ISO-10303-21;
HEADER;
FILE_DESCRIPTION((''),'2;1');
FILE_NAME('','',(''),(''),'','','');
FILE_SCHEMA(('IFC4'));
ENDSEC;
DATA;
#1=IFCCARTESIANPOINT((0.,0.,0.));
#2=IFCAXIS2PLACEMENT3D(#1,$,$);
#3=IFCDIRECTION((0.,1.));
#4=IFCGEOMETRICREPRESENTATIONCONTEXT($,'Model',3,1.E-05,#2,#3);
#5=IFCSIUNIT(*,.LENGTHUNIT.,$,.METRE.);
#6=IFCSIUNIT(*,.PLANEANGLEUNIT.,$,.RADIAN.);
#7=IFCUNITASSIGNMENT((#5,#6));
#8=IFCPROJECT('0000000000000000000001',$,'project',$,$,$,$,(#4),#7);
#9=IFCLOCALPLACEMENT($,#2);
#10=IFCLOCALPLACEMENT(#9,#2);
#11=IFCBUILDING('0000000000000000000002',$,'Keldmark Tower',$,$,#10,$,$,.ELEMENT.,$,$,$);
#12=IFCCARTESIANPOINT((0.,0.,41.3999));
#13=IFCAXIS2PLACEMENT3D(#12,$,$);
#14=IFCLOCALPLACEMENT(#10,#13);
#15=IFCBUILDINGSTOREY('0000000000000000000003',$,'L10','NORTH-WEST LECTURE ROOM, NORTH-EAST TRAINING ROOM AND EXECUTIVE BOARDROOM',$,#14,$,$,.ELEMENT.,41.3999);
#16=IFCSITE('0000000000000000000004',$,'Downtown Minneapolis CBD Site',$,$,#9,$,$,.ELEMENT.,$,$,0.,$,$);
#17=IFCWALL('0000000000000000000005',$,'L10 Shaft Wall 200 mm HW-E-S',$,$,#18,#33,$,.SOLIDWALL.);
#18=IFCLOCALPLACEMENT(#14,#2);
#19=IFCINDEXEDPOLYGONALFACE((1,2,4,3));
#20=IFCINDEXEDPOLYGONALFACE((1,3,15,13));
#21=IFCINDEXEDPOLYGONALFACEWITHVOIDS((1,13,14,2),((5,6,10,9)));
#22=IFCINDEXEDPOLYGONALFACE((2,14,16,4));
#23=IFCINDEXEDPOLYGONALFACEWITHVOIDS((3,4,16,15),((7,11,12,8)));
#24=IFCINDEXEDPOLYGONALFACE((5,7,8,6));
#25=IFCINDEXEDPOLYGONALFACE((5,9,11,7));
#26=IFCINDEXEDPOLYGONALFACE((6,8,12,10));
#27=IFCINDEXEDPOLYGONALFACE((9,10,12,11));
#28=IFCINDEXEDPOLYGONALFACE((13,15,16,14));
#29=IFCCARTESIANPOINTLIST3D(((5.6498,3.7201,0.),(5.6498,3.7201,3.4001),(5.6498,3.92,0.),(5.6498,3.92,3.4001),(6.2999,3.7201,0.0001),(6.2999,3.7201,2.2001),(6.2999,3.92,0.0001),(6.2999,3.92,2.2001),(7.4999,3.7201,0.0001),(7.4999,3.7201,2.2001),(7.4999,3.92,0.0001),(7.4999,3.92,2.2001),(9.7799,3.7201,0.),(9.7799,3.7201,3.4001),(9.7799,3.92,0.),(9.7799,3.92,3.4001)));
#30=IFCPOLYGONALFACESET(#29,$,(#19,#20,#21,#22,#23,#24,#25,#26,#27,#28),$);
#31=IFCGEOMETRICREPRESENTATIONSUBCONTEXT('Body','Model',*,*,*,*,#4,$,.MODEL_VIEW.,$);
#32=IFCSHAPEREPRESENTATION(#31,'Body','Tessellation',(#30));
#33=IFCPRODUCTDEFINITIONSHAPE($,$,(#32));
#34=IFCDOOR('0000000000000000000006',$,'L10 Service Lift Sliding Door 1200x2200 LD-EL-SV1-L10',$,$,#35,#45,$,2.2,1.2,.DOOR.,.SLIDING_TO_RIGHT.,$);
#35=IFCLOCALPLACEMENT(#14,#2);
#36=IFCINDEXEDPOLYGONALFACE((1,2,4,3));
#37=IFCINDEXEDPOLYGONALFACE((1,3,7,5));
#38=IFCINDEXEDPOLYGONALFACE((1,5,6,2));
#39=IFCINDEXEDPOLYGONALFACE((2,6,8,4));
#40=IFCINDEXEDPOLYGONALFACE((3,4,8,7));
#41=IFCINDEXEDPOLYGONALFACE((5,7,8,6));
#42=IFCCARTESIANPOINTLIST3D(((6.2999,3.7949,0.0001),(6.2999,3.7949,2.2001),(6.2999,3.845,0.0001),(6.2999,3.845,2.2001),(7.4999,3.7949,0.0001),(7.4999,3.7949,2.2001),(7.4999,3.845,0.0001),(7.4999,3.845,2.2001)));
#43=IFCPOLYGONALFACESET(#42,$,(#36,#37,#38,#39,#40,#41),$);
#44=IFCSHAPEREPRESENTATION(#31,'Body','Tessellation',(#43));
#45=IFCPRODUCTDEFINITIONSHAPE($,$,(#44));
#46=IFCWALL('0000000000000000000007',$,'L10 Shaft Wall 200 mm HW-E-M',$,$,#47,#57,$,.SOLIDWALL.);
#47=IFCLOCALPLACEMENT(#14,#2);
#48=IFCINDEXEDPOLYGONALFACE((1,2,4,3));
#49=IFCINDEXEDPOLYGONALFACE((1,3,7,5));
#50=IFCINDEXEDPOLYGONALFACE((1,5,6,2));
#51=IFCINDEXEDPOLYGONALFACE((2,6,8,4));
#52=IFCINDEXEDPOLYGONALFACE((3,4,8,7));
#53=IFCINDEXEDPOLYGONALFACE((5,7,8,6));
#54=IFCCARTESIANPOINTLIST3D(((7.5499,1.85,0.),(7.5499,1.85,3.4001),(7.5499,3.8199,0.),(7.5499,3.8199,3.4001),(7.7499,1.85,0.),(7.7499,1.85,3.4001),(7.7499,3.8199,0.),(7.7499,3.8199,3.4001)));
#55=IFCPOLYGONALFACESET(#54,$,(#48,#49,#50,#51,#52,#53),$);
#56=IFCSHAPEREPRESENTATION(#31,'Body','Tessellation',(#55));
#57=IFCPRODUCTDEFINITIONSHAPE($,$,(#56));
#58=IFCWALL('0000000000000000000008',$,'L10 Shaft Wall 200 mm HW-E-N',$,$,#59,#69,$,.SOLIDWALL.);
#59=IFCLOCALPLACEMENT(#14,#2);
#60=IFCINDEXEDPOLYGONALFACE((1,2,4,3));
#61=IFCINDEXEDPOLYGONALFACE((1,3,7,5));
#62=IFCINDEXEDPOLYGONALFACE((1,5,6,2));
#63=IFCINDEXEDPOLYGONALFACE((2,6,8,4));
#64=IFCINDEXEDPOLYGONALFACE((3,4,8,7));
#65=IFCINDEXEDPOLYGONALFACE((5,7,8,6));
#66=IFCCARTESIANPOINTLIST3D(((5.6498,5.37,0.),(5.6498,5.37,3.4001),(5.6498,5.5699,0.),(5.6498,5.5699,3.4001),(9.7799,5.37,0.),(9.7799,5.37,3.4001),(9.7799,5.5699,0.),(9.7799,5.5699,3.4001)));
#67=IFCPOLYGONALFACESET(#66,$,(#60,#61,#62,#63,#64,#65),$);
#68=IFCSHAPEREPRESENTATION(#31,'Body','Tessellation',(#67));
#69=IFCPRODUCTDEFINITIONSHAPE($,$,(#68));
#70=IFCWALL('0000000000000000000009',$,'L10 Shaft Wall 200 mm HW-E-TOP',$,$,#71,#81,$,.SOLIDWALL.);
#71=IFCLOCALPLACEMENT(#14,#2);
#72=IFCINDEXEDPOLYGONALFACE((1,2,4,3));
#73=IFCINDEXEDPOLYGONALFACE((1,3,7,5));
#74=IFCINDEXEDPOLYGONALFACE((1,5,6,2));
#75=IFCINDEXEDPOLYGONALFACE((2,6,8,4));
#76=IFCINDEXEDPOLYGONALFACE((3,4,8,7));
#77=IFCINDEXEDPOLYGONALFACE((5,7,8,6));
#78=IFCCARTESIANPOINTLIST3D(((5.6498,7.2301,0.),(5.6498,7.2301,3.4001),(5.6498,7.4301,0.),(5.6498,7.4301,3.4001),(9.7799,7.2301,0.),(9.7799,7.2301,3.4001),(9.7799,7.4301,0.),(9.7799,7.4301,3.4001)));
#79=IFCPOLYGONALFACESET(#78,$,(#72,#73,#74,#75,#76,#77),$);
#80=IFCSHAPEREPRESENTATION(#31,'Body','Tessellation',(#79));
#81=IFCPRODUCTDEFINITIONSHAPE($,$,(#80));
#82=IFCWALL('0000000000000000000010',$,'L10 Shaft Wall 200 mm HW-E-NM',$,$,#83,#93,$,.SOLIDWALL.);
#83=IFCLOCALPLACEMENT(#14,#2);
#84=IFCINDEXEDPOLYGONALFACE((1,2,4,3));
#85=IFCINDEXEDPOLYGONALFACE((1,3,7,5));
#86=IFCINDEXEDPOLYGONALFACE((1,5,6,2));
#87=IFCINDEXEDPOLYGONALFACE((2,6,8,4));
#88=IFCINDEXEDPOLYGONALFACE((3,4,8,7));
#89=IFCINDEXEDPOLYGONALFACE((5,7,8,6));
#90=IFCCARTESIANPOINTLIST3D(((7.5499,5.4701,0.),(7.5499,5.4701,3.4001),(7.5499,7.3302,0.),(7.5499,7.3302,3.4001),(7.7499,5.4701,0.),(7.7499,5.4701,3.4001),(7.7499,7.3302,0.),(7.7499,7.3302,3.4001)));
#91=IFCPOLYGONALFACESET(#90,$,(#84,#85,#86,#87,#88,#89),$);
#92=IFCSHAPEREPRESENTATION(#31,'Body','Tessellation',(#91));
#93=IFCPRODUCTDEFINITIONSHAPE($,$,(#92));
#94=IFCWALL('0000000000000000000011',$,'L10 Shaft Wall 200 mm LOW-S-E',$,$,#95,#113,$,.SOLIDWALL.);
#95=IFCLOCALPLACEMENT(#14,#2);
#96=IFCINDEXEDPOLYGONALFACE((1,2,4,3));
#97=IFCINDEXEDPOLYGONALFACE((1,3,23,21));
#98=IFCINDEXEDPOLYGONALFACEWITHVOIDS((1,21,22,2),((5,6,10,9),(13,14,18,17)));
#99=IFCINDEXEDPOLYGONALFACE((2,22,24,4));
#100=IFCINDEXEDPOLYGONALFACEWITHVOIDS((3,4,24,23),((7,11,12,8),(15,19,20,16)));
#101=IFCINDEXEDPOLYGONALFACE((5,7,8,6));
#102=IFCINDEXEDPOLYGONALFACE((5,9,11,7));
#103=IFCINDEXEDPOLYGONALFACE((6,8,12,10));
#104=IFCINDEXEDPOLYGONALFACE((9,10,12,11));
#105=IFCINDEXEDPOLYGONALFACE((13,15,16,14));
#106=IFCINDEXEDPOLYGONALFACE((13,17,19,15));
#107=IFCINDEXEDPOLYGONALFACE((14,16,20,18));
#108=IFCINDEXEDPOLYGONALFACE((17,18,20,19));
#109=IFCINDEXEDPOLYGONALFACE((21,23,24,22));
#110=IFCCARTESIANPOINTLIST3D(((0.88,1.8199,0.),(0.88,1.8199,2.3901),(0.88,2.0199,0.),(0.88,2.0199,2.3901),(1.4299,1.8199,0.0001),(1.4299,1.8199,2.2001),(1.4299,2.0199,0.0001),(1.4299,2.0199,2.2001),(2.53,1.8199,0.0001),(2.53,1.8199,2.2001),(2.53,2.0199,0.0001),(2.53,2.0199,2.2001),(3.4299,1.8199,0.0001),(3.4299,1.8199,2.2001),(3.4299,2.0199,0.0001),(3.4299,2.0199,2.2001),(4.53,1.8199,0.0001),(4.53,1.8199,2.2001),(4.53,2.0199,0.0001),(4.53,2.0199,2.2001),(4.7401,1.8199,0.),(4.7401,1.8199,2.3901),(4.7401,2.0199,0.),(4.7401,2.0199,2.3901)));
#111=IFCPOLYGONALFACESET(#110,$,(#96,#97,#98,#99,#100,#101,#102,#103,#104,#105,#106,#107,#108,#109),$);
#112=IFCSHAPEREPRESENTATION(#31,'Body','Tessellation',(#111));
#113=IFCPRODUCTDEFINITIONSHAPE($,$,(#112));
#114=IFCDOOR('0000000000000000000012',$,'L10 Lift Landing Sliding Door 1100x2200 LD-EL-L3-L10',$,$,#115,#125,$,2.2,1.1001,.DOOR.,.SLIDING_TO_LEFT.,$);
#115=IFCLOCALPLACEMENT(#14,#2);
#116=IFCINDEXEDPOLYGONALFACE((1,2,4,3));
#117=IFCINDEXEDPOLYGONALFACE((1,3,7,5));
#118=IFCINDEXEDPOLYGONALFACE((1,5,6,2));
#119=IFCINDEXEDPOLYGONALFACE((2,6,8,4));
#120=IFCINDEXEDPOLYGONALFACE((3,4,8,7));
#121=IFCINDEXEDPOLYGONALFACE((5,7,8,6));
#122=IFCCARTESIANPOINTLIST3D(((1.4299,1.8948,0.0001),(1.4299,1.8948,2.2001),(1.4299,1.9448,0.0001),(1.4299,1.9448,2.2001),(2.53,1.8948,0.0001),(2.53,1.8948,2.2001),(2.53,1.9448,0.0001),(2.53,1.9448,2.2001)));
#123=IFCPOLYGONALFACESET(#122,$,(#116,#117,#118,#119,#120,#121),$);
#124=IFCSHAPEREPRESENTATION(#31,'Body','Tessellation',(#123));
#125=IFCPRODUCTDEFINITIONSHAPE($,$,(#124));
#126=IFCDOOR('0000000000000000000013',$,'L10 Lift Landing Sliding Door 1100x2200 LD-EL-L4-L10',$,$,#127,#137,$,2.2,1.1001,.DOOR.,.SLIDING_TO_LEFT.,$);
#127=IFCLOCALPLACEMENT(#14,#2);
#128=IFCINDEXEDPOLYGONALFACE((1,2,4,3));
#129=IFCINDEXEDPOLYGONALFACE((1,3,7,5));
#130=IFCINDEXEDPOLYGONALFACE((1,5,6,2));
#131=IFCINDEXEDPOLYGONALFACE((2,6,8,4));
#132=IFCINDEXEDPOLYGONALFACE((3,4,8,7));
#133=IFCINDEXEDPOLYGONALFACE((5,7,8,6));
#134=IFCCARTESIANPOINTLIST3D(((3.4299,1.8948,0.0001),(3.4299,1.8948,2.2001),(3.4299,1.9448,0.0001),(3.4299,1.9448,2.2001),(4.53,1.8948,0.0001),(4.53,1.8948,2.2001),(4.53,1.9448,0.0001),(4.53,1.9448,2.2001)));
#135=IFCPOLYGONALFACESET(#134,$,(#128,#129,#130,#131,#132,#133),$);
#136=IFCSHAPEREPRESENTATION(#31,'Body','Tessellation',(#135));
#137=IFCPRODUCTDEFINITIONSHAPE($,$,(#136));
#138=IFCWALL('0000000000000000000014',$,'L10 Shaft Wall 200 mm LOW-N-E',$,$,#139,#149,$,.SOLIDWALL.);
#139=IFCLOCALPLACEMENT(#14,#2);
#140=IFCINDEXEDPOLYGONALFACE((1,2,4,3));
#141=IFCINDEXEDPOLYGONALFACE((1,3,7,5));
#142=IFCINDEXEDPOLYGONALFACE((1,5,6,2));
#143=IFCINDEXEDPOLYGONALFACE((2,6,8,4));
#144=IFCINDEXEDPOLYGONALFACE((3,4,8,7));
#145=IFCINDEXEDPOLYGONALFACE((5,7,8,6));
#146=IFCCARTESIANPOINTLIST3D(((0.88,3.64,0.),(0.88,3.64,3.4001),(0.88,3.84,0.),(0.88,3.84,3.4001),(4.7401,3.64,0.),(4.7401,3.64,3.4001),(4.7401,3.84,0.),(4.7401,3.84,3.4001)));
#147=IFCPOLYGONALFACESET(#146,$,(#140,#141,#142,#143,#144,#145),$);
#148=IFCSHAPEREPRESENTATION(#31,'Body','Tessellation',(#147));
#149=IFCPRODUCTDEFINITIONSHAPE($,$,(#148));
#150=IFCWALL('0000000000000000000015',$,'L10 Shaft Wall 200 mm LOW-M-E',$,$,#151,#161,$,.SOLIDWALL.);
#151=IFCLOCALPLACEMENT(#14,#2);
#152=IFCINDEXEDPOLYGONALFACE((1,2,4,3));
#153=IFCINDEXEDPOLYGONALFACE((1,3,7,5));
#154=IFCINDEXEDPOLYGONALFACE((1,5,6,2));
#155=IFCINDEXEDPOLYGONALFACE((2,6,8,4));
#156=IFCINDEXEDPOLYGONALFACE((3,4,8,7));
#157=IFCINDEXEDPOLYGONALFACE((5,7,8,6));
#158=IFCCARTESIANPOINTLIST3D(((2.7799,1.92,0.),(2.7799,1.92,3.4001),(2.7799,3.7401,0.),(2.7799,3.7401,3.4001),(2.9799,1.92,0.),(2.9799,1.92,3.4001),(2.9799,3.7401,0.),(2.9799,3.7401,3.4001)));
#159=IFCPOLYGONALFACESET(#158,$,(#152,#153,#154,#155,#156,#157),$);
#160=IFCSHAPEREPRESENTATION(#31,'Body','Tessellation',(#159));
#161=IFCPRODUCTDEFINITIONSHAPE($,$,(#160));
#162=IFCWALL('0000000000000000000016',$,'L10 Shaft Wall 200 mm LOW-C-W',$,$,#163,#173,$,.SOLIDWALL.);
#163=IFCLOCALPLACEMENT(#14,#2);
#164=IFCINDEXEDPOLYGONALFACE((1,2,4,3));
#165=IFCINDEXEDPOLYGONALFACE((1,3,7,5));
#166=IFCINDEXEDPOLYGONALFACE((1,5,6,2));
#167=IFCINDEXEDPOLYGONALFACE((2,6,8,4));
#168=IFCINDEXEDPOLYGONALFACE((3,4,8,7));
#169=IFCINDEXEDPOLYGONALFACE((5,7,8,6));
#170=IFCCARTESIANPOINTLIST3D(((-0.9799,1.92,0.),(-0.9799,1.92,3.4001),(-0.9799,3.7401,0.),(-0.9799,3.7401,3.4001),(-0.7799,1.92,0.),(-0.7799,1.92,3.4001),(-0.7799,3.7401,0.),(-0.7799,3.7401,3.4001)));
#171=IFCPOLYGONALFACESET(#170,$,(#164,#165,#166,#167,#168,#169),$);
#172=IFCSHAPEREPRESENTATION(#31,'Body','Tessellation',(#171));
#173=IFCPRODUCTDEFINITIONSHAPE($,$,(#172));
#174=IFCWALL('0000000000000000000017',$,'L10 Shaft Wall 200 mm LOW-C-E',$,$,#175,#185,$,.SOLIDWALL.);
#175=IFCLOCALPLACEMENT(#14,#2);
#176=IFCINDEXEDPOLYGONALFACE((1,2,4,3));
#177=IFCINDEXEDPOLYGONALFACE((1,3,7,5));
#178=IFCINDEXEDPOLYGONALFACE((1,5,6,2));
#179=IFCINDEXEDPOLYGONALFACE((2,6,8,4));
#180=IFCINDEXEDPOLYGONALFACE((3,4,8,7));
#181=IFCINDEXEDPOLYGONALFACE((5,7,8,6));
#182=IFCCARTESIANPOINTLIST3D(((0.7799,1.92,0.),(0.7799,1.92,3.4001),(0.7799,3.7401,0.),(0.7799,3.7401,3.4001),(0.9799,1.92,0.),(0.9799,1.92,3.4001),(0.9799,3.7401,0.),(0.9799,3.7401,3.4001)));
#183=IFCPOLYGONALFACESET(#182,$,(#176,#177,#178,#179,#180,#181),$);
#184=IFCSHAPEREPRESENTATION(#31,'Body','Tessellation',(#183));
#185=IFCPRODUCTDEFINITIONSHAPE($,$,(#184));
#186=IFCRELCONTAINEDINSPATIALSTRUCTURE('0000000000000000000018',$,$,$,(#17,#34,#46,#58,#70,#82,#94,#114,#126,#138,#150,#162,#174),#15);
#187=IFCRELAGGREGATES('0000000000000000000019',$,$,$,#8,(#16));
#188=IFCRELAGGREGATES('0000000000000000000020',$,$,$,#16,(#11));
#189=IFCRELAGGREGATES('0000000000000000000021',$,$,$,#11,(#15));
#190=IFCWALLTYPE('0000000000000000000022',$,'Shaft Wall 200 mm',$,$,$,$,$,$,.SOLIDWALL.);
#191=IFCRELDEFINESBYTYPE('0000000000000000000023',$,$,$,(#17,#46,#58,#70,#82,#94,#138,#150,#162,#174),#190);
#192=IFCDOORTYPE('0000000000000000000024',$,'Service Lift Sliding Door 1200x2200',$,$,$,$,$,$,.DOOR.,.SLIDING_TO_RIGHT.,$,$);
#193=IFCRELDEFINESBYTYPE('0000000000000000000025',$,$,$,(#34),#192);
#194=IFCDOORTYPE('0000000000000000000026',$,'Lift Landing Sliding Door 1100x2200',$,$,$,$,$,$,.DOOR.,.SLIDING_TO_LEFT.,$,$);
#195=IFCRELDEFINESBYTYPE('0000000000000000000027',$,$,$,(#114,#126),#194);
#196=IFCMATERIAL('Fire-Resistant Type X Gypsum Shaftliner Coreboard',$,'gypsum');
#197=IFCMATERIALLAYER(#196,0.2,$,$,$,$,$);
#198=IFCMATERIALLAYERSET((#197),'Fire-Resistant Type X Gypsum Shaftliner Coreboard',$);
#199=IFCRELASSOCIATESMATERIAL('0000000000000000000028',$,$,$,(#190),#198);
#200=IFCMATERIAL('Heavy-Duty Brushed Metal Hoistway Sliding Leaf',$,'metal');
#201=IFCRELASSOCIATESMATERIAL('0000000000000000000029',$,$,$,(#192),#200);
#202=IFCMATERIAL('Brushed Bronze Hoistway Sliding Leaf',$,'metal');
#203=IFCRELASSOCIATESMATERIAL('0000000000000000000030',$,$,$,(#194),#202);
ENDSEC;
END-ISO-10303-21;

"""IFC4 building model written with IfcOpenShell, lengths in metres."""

from ifc_helpers import new_model, si_unit, direction, frame, frame_2d, origin, place, context, subcontext, project, spatial, rectangle, extrude, material, layer, layer_set, type_object, element, fill, save


model = new_model("IFC4")

# Units and contexts
model_context = context("Model", 3, precision=1e-05, world=origin(), true_north=direction((0.0, 1.0)))
body_context = subcontext(model_context, "Body", "Model", "MODEL_VIEW")
ifc_project = project(units=[si_unit("LENGTHUNIT", "METRE"), si_unit("PLANEANGLEUNIT", "RADIAN")], contexts=[model_context])

# Site, building, storey
site_placement = place(None, origin())
site = spatial("IfcSite", under=ifc_project, at=site_placement, Name="Downtown Minneapolis CBD Site", CompositionType="ELEMENT", RefElevation=0.0)
building_placement = place(site_placement, origin())
building = spatial("IfcBuilding", under=site, at=building_placement, Name="Keldmark Tower", CompositionType="ELEMENT")
storey_placement = place(building_placement, frame((0.0, 0.0, 41.3999)))
storey = spatial("IfcBuildingStorey", under=building, at=storey_placement, Name="L10", Description="NORTH-WEST LECTURE ROOM, NORTH-EAST TRAINING ROOM AND EXECUTIVE BOARDROOM", CompositionType="ELEMENT", Elevation=41.3999)

# Wall, opening, door
ifc_material_1 = material(Name="Fire-Resistant Type X Gypsum Shaftliner Coreboard", Category="gypsum")
ifc_layer_1 = layer(ifc_material_1, 0.2)
ifc_layer_set_1 = layer_set([ifc_layer_1], Name="Fire-Resistant Type X Gypsum Shaftliner Coreboard")
wall_type_1 = type_object("IfcWallType", Name="Shaft Wall 200 mm", PredefinedType="SOLIDWALL", material=ifc_layer_set_1)
wall_1_placement = place(storey_placement, frame((5.6499, 3.8201, 0.0), z_axis=(0.0, 0.0, 1.0), x_axis=(1.0, 0.0, 0.0)))
wall_1 = element("IfcWall", 1, at=wall_1_placement, inside=storey, type_object=wall_type_1, Name="L10 Shaft Wall 200 mm HW-E-S", PredefinedType="SOLIDWALL", context=body_context, shape_type="SweptSolid", body=[
    extrude(rectangle(XDim=4.1301, YDim=0.2, at=frame_2d((2.0649, 0.0))), origin(), (0.0, 0.0, 1.0), 3.4001),
])
opening_1_placement = place(wall_1_placement, frame((0.6499, 0.0, 0.0)))
opening_1 = element("IfcOpeningElement", 2, at=opening_1_placement, cuts=wall_1, PredefinedType="OPENING", context=body_context, shape_type="SweptSolid", body=[
    extrude(rectangle(XDim=1.2, YDim=2.2, at=frame_2d((0.6001, 1.1001))), frame((0.0, 0.1099, 0.0), z_axis=(0.0, -1.0, 0.0), x_axis=(1.0, 0.0, 0.0)), (0.0, 0.0, 1.0), 0.22),
])
ifc_material_2 = material(Name="Heavy-Duty Brushed Metal Hoistway Sliding Leaf", Category="metal")
door_type_1 = type_object("IfcDoorType", Name="Service Lift Sliding Door 1200x2200", OperationType="SLIDING_TO_RIGHT", PredefinedType="DOOR", material=ifc_material_2)
door_1_placement = place(opening_1_placement, origin())
door_1 = element("IfcDoor", 3, at=door_1_placement, inside=storey, type_object=door_type_1, Name="L10 Service Lift Sliding Door 1200x2200 LD-EL-SV1-L10", OperationType="SLIDING_TO_RIGHT", OverallHeight=2.2, OverallWidth=1.2, PredefinedType="DOOR", context=body_context, shape_type="SweptSolid", body=[
    extrude(rectangle(XDim=1.2, YDim=2.2, at=frame_2d((0.6001, 1.1001))), frame((0.0, 0.0249, 0.0), z_axis=(0.0, -1.0, 0.0), x_axis=(1.0, 0.0, 0.0)), (0.0, 0.0, 1.0), 0.05),
])
fill(opening_1, door_1)

# Walls
wall_2_placement = place(storey_placement, frame((7.6499, 1.8501, 0.0), z_axis=(0.0, 0.0, 1.0), x_axis=(0.0, 1.0, 0.0)))
element("IfcWall", 4, at=wall_2_placement, inside=storey, type_object=wall_type_1, Name="L10 Shaft Wall 200 mm HW-E-M", PredefinedType="SOLIDWALL", context=body_context, shape_type="SweptSolid", body=[
    extrude(rectangle(XDim=1.97, YDim=0.2, at=frame_2d((0.9849, 0.0))), origin(), (0.0, 0.0, 1.0), 3.4001),
])
for number, where, z_axis, x_axis, name in (
    (5, (5.6499, 5.47, 0.0), (0.0, 0.0, 1.0), (1.0, 0.0, 0.0), "L10 Shaft Wall 200 mm HW-E-N"),
    (6, (5.6499, 7.3301, 0.0), (0.0, 0.0, 1.0), (1.0, 0.0, 0.0), "L10 Shaft Wall 200 mm HW-E-TOP"),
):
    element("IfcWall", number, at=place(storey_placement, frame(where, z_axis=z_axis, x_axis=x_axis)), inside=storey, type_object=wall_type_1, Name=name, PredefinedType="SOLIDWALL", context=body_context, shape_type="SweptSolid", body=[
        extrude(rectangle(XDim=4.1301, YDim=0.2, at=frame_2d((2.0649, 0.0))), origin(), (0.0, 0.0, 1.0), 3.4001),
    ])
wall_3_placement = place(storey_placement, frame((7.6499, 5.47, 0.0), z_axis=(0.0, 0.0, 1.0), x_axis=(0.0, 1.0, 0.0)))
element("IfcWall", 7, at=wall_3_placement, inside=storey, type_object=wall_type_1, Name="L10 Shaft Wall 200 mm HW-E-NM", PredefinedType="SOLIDWALL", context=body_context, shape_type="SweptSolid", body=[
    extrude(rectangle(XDim=1.8601, YDim=0.2, at=frame_2d((0.9302, 0.0))), origin(), (0.0, 0.0, 1.0), 3.4001),
])

# Wall, openings, doors
wall_4_placement = place(storey_placement, frame((0.8799, 1.9199, 0.0), z_axis=(0.0, 0.0, 1.0), x_axis=(1.0, 0.0, 0.0)))
wall_4 = element("IfcWall", 8, at=wall_4_placement, inside=storey, type_object=wall_type_1, Name="L10 Shaft Wall 200 mm LOW-S-E", PredefinedType="SOLIDWALL", context=body_context, shape_type="SweptSolid", body=[
    extrude(rectangle(XDim=3.8601, YDim=0.2, at=frame_2d((1.9302, 0.0))), origin(), (0.0, 0.0, 1.0), 2.3901),
])
opening_2_placement = place(wall_4_placement, frame((0.55, 0.0, 0.0)))
opening_2 = element("IfcOpeningElement", 9, at=opening_2_placement, cuts=wall_4, PredefinedType="OPENING", context=body_context, shape_type="SweptSolid", body=[
    extrude(rectangle(XDim=1.1001, YDim=2.2, at=frame_2d((0.55, 1.1001))), frame((0.0, 0.1099, 0.0), z_axis=(0.0, -1.0, 0.0), x_axis=(1.0, 0.0, 0.0)), (0.0, 0.0, 1.0), 0.22),
])
opening_3_placement = place(wall_4_placement, frame((2.55, 0.0, 0.0)))
opening_3 = element("IfcOpeningElement", 10, at=opening_3_placement, cuts=wall_4, PredefinedType="OPENING", context=body_context, shape_type="SweptSolid", body=[
    extrude(rectangle(XDim=1.1001, YDim=2.2, at=frame_2d((0.55, 1.1001))), frame((0.0, 0.1099, 0.0), z_axis=(0.0, -1.0, 0.0), x_axis=(1.0, 0.0, 0.0)), (0.0, 0.0, 1.0), 0.22),
])
ifc_material_3 = material(Name="Brushed Bronze Hoistway Sliding Leaf", Category="metal")
door_type_2 = type_object("IfcDoorType", Name="Lift Landing Sliding Door 1100x2200", OperationType="SLIDING_TO_LEFT", PredefinedType="DOOR", material=ifc_material_3)
door_2_placement = place(opening_2_placement, origin())
door_2 = element("IfcDoor", 11, at=door_2_placement, inside=storey, type_object=door_type_2, Name="L10 Lift Landing Sliding Door 1100x2200 LD-EL-L3-L10", OperationType="SLIDING_TO_LEFT", OverallHeight=2.2, OverallWidth=1.1001, PredefinedType="DOOR", context=body_context, shape_type="SweptSolid", body=[
    extrude(rectangle(XDim=1.1001, YDim=2.2, at=frame_2d((0.55, 1.1001))), frame((0.0, 0.0249, 0.0), z_axis=(0.0, -1.0, 0.0), x_axis=(1.0, 0.0, 0.0)), (0.0, 0.0, 1.0), 0.05),
])
fill(opening_2, door_2)
door_3_placement = place(opening_3_placement, origin())
door_3 = element("IfcDoor", 12, at=door_3_placement, inside=storey, type_object=door_type_2, Name="L10 Lift Landing Sliding Door 1100x2200 LD-EL-L4-L10", OperationType="SLIDING_TO_LEFT", OverallHeight=2.2, OverallWidth=1.1001, PredefinedType="DOOR", context=body_context, shape_type="SweptSolid", body=[
    extrude(rectangle(XDim=1.1001, YDim=2.2, at=frame_2d((0.55, 1.1001))), frame((0.0, 0.0249, 0.0), z_axis=(0.0, -1.0, 0.0), x_axis=(1.0, 0.0, 0.0)), (0.0, 0.0, 1.0), 0.05),
])
fill(opening_3, door_3)

# Walls
wall_5_placement = place(storey_placement, frame((0.8799, 3.74, 0.0), z_axis=(0.0, 0.0, 1.0), x_axis=(1.0, 0.0, 0.0)))
element("IfcWall", 13, at=wall_5_placement, inside=storey, type_object=wall_type_1, Name="L10 Shaft Wall 200 mm LOW-N-E", PredefinedType="SOLIDWALL", context=body_context, shape_type="SweptSolid", body=[
    extrude(rectangle(XDim=3.8601, YDim=0.2, at=frame_2d((1.9302, 0.0))), origin(), (0.0, 0.0, 1.0), 3.4001),
])
for number, where, z_axis, x_axis, name in (
    (14, (2.8799, 1.9199, 0.0), (0.0, 0.0, 1.0), (0.0, 1.0, 0.0), "L10 Shaft Wall 200 mm LOW-M-E"),
    (15, (-0.8799, 1.9199, 0.0), (0.0, 0.0, 1.0), (0.0, 1.0, 0.0), "L10 Shaft Wall 200 mm LOW-C-W"),
    (16, (0.8799, 1.9199, 0.0), (0.0, 0.0, 1.0), (0.0, 1.0, 0.0), "L10 Shaft Wall 200 mm LOW-C-E"),
):
    element("IfcWall", number, at=place(storey_placement, frame(where, z_axis=z_axis, x_axis=x_axis)), inside=storey, type_object=wall_type_1, Name=name, PredefinedType="SOLIDWALL", context=body_context, shape_type="SweptSolid", body=[
        extrude(rectangle(XDim=1.8201, YDim=0.2, at=frame_2d((0.9102, 0.0))), origin(), (0.0, 0.0, 1.0), 3.4001),
    ])

save(model, "model.ifc")
